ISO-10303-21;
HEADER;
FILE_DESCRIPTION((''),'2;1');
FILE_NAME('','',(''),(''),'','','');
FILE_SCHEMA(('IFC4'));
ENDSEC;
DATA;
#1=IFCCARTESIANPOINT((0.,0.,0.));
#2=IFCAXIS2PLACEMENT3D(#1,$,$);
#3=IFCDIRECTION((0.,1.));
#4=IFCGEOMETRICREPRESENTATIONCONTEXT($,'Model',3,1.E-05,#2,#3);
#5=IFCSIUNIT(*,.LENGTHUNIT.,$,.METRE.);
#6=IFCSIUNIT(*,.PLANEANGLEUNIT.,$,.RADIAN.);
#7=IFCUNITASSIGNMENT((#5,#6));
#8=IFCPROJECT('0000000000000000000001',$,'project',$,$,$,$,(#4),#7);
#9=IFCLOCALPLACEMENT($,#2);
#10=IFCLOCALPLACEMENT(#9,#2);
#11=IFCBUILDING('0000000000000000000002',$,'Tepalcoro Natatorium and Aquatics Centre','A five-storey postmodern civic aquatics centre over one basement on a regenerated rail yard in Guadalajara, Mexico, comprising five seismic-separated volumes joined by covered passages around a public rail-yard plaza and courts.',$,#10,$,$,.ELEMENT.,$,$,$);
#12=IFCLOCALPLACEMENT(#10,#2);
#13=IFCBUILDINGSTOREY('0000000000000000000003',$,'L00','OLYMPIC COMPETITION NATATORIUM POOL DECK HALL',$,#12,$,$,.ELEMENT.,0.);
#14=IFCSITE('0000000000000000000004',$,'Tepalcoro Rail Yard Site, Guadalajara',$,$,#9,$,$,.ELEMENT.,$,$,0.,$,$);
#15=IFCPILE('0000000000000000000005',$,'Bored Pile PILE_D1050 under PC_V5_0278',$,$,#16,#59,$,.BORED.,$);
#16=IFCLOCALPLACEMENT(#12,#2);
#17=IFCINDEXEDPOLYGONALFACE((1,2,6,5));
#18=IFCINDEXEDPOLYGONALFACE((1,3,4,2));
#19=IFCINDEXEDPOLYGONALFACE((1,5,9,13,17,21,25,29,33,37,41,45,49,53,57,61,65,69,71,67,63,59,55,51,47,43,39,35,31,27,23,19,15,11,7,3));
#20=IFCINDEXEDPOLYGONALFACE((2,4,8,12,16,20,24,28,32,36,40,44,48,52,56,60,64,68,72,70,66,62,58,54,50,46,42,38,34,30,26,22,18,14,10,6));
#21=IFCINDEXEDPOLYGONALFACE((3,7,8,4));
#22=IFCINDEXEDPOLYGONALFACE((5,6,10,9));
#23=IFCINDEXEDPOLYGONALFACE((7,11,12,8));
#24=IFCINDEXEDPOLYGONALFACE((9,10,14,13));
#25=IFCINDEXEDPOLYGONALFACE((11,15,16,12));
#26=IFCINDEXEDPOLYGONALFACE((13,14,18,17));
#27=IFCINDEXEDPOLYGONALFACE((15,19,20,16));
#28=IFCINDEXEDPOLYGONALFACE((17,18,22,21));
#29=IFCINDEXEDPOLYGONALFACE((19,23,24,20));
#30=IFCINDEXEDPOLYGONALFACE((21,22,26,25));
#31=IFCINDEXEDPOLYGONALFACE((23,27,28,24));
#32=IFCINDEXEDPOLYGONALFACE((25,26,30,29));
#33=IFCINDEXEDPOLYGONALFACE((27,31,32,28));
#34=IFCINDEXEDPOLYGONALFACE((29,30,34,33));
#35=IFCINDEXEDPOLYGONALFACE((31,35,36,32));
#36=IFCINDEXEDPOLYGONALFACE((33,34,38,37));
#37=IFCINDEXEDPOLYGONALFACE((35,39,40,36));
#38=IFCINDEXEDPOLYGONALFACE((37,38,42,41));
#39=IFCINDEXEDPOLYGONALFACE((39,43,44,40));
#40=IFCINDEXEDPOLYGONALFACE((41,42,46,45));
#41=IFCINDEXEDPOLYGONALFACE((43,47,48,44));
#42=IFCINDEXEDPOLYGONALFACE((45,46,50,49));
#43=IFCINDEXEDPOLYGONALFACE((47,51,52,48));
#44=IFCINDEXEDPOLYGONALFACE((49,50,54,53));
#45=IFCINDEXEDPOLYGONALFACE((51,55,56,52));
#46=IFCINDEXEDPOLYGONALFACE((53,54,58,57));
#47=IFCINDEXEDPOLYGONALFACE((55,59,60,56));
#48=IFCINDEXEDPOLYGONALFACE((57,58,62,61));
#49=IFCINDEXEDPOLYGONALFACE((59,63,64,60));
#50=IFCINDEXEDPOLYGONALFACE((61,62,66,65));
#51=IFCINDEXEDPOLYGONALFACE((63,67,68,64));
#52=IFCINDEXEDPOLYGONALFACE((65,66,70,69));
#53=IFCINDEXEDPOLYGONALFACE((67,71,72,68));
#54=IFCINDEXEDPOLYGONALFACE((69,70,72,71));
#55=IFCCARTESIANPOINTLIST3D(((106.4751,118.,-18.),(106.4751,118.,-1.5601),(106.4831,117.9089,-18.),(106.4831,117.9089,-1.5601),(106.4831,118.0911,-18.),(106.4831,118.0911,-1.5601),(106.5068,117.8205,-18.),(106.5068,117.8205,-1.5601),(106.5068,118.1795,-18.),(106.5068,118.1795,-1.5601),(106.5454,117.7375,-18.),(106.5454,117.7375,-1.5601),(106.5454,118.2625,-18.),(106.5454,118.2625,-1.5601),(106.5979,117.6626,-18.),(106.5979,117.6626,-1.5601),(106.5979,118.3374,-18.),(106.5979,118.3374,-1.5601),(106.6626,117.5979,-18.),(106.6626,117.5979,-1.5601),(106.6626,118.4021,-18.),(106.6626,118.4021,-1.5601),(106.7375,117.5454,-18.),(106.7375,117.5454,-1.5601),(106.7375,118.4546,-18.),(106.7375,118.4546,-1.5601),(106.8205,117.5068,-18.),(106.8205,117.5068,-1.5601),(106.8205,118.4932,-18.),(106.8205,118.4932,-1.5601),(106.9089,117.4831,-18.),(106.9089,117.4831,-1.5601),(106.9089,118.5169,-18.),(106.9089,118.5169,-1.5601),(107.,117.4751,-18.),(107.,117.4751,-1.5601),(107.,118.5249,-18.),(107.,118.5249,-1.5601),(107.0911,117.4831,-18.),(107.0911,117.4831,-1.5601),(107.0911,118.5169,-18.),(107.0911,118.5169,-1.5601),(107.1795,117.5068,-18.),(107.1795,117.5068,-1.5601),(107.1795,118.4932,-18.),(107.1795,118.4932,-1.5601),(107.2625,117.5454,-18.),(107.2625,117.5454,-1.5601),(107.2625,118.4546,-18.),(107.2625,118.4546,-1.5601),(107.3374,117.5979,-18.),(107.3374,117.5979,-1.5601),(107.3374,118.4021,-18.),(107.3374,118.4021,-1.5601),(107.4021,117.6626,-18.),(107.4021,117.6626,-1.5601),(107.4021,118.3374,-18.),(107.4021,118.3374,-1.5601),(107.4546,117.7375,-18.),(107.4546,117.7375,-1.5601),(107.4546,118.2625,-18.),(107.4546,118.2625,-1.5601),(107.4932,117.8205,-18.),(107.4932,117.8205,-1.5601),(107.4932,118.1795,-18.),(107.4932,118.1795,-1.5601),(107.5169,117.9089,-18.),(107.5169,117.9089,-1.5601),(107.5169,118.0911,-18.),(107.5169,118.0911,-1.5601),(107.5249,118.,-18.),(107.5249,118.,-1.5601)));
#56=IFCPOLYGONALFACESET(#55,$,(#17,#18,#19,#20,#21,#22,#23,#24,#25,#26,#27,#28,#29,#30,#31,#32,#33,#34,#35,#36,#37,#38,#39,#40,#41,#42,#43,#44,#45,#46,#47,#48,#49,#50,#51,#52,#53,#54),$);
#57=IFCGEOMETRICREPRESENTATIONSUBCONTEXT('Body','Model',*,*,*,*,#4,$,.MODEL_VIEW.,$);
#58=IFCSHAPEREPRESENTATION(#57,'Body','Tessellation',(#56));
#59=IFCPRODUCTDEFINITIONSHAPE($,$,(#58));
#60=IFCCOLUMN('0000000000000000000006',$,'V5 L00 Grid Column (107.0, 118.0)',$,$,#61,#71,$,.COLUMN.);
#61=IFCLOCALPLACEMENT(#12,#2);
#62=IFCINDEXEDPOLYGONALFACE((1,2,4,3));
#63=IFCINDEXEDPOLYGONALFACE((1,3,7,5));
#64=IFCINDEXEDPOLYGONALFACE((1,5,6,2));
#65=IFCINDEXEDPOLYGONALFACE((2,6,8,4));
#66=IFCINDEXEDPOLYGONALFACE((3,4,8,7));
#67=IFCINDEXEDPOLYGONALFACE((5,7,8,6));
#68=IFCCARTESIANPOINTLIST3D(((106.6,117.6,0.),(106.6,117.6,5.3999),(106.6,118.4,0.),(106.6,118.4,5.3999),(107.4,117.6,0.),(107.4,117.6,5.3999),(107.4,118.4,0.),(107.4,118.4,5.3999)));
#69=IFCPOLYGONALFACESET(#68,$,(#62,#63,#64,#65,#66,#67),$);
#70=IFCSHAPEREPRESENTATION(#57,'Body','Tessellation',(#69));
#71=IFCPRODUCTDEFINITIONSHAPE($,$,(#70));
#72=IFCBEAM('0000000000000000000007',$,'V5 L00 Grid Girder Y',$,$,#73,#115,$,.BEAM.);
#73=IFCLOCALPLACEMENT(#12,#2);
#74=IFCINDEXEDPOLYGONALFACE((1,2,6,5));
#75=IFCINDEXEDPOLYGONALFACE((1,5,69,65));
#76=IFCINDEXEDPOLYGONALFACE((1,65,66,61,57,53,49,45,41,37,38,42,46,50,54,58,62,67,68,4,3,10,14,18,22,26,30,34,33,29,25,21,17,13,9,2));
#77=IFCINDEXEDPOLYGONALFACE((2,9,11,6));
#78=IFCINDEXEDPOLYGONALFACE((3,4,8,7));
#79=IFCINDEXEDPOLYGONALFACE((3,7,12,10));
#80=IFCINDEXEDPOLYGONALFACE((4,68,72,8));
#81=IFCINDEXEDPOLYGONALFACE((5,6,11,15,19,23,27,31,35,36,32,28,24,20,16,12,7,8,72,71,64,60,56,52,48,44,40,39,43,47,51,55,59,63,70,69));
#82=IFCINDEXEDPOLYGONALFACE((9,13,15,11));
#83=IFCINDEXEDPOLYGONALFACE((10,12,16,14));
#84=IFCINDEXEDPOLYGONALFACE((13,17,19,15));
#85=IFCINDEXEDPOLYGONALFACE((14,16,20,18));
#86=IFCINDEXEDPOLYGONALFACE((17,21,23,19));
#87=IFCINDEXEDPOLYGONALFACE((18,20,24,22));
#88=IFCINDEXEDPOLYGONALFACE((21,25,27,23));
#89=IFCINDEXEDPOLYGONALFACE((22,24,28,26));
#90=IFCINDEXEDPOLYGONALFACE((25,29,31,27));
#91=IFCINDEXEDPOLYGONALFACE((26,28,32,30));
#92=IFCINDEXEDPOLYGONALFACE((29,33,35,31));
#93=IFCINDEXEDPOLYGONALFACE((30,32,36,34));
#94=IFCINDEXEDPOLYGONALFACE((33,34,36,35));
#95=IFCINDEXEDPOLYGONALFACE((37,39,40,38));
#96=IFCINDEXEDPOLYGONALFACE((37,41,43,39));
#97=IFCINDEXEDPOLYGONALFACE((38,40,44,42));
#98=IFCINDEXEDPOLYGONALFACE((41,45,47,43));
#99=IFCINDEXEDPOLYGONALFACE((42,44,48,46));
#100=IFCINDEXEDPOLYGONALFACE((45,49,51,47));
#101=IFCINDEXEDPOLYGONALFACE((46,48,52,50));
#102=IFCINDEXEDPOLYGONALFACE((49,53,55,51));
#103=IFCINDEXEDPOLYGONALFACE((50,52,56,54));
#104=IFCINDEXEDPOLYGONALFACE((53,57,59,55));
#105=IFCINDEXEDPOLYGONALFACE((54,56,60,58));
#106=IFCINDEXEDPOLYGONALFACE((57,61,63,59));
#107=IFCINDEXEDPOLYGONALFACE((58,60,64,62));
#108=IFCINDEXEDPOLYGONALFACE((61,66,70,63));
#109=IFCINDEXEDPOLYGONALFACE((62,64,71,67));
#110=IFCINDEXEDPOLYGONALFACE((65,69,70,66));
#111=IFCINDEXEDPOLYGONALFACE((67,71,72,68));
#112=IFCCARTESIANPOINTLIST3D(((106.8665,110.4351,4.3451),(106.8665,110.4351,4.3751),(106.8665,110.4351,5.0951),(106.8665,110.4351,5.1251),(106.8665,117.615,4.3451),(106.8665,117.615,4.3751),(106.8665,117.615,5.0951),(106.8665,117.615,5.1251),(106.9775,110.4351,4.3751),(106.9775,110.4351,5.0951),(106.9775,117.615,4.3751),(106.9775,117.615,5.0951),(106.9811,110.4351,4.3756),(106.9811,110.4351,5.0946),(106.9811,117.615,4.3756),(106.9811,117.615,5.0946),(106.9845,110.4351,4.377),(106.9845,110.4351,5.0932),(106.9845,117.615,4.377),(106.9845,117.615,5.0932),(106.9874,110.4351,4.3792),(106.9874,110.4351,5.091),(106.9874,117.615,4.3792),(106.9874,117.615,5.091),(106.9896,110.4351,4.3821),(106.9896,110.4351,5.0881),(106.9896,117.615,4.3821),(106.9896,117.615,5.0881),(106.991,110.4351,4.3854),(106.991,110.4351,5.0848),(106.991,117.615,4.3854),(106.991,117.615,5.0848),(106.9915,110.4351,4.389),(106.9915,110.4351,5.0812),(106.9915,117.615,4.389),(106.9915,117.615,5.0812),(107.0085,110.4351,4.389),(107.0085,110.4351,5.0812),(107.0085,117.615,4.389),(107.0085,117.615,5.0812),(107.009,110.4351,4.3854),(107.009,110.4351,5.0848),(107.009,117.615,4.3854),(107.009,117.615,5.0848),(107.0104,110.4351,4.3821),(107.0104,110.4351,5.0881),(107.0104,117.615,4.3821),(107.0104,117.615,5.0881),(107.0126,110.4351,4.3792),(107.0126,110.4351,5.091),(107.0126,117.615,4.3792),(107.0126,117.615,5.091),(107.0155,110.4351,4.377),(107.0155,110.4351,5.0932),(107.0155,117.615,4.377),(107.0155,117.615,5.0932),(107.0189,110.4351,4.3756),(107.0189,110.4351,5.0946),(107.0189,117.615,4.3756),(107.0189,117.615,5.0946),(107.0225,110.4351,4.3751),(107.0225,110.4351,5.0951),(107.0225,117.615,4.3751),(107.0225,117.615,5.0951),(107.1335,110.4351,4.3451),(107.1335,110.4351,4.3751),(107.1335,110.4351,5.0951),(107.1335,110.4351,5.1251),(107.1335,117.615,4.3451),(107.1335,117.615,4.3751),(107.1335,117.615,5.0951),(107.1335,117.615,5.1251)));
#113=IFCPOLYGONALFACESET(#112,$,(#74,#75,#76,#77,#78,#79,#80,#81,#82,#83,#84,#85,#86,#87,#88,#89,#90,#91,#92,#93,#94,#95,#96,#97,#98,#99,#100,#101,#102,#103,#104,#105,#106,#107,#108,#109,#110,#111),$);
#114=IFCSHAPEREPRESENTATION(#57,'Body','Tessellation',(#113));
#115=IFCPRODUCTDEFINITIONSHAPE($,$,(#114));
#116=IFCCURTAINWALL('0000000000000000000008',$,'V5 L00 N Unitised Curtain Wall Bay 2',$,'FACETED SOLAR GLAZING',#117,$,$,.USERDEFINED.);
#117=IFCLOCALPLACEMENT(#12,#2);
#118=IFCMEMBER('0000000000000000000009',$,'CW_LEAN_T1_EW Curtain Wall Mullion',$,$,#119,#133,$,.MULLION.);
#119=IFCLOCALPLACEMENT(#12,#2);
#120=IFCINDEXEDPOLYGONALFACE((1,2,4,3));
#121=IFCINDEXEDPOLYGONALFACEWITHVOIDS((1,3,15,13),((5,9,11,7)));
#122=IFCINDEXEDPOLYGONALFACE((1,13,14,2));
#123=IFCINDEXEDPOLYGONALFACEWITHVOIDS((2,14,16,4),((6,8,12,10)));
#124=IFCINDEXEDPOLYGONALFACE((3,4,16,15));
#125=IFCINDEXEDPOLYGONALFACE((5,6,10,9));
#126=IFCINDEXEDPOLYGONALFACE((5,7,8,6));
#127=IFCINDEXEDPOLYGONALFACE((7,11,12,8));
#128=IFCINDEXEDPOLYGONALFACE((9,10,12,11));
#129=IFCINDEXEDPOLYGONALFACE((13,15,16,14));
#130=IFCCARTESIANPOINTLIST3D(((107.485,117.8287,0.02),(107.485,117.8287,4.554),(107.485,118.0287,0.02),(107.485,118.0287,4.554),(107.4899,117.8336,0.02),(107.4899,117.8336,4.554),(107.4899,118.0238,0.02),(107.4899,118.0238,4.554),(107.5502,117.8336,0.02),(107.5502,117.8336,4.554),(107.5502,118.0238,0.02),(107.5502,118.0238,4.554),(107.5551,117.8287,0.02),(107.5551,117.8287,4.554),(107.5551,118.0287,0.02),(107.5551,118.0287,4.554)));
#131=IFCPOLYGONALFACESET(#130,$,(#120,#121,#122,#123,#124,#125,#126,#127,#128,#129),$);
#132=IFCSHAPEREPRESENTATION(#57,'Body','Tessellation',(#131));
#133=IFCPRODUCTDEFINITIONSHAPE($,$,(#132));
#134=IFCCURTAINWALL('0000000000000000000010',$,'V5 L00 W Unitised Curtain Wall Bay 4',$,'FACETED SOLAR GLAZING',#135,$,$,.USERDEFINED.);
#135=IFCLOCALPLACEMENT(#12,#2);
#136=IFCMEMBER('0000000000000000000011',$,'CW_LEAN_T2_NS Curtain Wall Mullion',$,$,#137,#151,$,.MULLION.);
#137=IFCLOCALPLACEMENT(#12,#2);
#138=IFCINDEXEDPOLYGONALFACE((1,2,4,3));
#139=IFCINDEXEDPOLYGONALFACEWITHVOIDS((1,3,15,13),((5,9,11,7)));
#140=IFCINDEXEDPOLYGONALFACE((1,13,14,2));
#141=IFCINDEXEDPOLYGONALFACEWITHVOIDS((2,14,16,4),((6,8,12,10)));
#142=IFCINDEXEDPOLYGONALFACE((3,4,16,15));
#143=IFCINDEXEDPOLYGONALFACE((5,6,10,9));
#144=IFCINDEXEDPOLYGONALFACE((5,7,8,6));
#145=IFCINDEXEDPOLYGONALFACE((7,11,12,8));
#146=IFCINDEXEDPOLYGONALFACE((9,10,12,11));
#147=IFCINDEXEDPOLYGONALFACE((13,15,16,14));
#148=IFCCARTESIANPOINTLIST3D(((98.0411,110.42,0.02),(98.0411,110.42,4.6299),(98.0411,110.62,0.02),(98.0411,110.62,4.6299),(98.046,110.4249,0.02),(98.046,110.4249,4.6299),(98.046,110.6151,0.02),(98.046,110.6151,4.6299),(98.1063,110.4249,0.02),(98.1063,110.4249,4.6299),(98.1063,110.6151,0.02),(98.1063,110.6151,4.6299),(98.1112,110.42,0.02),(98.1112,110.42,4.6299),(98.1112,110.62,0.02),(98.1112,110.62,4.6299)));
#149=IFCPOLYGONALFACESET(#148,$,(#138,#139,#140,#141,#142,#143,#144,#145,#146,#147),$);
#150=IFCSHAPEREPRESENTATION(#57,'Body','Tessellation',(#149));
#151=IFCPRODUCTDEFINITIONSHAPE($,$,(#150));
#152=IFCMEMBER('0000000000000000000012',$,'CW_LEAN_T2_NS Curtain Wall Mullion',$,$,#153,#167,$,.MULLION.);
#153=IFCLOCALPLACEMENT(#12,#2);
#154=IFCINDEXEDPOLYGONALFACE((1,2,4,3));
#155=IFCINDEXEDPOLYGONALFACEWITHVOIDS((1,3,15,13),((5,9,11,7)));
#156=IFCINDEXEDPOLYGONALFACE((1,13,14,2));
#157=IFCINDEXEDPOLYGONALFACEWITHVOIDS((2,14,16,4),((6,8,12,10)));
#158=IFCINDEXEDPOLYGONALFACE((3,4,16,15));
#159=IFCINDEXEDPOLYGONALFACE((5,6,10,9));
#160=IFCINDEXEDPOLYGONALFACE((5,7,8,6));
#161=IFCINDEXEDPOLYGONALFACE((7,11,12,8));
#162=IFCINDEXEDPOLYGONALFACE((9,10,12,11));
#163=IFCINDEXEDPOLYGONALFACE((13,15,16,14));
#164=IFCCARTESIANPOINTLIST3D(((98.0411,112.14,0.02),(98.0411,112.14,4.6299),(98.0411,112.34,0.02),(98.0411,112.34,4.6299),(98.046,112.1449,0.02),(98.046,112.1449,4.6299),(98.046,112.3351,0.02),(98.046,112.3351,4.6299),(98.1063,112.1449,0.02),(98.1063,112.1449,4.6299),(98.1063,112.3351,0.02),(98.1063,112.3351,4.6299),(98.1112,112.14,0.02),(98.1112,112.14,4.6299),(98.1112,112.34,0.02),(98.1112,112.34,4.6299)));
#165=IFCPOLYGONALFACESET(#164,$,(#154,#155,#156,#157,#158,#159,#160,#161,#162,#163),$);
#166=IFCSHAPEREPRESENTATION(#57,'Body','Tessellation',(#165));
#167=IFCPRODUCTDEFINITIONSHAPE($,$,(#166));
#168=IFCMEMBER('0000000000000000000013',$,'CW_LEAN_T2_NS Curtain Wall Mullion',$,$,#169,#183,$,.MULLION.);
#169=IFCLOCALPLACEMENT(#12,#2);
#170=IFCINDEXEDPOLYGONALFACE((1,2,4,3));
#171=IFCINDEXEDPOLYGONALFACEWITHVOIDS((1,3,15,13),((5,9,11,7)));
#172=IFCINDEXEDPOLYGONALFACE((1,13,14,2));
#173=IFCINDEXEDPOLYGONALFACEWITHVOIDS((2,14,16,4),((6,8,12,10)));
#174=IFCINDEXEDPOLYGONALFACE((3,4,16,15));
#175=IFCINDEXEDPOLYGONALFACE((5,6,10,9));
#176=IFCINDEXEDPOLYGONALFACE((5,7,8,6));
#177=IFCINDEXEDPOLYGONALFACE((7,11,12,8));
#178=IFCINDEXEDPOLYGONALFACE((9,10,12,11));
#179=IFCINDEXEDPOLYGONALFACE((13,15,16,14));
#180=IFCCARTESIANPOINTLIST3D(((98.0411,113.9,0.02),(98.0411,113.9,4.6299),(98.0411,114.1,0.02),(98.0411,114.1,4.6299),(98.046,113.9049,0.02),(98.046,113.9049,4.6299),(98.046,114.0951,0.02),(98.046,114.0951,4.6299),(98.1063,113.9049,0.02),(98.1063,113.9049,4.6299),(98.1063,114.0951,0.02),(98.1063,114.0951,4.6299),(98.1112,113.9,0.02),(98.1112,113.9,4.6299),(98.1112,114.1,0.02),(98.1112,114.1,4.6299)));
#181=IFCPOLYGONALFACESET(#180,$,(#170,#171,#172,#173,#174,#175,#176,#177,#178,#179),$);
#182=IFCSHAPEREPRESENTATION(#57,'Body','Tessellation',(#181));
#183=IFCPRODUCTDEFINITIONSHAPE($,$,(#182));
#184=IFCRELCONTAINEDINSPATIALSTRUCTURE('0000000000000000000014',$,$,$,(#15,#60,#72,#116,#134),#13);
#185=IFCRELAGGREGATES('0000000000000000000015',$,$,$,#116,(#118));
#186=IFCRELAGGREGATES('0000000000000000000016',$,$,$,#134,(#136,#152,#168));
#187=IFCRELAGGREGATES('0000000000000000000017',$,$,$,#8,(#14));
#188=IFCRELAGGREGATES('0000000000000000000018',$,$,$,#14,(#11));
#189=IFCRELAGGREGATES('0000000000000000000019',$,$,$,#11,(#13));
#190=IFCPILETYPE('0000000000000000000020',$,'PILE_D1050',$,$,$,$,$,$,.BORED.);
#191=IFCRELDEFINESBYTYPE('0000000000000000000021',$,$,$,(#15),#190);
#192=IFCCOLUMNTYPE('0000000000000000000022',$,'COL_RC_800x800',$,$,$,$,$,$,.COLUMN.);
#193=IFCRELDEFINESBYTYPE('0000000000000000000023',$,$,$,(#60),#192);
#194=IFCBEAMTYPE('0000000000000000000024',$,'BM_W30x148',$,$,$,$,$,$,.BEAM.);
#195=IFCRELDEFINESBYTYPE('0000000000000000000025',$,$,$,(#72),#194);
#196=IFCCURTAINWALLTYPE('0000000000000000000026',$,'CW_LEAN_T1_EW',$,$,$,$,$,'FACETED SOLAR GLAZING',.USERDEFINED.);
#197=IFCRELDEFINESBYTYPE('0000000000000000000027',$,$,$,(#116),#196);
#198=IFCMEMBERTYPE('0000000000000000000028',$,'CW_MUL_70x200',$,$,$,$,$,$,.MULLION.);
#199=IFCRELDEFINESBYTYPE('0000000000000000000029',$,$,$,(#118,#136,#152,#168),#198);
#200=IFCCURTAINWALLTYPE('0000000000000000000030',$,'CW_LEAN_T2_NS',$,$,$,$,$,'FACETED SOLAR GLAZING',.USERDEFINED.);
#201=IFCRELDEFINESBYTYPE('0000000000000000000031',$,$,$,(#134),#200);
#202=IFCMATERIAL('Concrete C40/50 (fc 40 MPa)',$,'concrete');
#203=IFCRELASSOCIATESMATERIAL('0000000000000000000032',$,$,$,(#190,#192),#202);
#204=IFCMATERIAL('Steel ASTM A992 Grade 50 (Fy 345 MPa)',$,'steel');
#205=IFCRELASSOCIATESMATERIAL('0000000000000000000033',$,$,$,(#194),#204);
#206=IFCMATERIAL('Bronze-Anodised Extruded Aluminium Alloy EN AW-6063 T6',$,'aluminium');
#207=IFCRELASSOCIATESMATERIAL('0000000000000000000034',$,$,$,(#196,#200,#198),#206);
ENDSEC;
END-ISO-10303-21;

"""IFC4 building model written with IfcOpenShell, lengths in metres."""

from ifc_helpers import new_model, si_unit, direction, frame, origin, origin_2d, place, context, subcontext, project, spatial, rectangle, hollow_rectangle, circle, i_section, extrude, material, material_profile, profile_set, type_object, element, aggregate, save


model = new_model("IFC4")

# Units and contexts
model_context = context("Model", 3, precision=1e-05, world=origin(), true_north=direction((0.0, 1.0)))
body_context = subcontext(model_context, "Body", "Model", "MODEL_VIEW")
ifc_project = project(units=[si_unit("LENGTHUNIT", "METRE"), si_unit("PLANEANGLEUNIT", "RADIAN")], contexts=[model_context])

# Site, building, storey
site_placement = place(None, origin())
site = spatial("IfcSite", under=ifc_project, at=site_placement, Name="Tepalcoro Rail Yard Site, Guadalajara", CompositionType="ELEMENT", RefElevation=0.0)
building_placement = place(site_placement, origin())
building = spatial("IfcBuilding", under=site, at=building_placement, Name="Tepalcoro Natatorium and Aquatics Centre", Description="A five-storey postmodern civic aquatics centre over one basement on a regenerated rail yard in Guadalajara, Mexico, comprising five seismic-separated volumes joined by covered passages around a public rail-yard plaza and courts.", CompositionType="ELEMENT")
storey_placement = place(building_placement, origin())
storey = spatial("IfcBuildingStorey", under=building, at=storey_placement, Name="L00", Description="OLYMPIC COMPETITION NATATORIUM POOL DECK HALL", CompositionType="ELEMENT", Elevation=0.0)

# Pile
ifc_material_1 = material(Name="Concrete C40/50 (fc 40 MPa)", Category="concrete")
ifc_material_profile_1 = material_profile(ifc_material_1, circle(Radius=0.5249, at=origin_2d()), Name="PILE_D1050")
ifc_profile_set_1 = profile_set([ifc_material_profile_1], Name="Concrete C40/50 (fc 40 MPa)")
pile_type = type_object("IfcPileType", Name="PILE_D1050", PredefinedType="BORED", material=ifc_profile_set_1)
pile_placement = place(storey_placement, frame((107.0, 118.0, -1.5601), z_axis=(0.0, 0.0, -1.0), x_axis=(1.0, 0.0, 0.0)))
element("IfcPile", 1, at=pile_placement, inside=storey, type_object=pile_type, Name="Bored Pile PILE_D1050 under PC_V5_0278", PredefinedType="BORED", context=body_context, shape_type="SweptSolid", body=[
    extrude(circle(Radius=0.5249, at=origin_2d()), origin(), (0.0, 0.0, 1.0), 16.4399),
])

# Column
ifc_material_profile_2 = material_profile(ifc_material_1, rectangle(XDim=0.8, YDim=0.8, at=origin_2d()), Name="RC800x800")
ifc_profile_set_2 = profile_set([ifc_material_profile_2], Name="Concrete C40/50 (fc 40 MPa)")
column_type = type_object("IfcColumnType", Name="COL_RC_800x800", PredefinedType="COLUMN", material=ifc_profile_set_2)
column_placement = place(storey_placement, frame((107.0, 118.0, 0.0), z_axis=(0.0, 0.0, 1.0), x_axis=(1.0, 0.0, 0.0)))
element("IfcColumn", 2, at=column_placement, inside=storey, type_object=column_type, Name="V5 L00 Grid Column (107.0, 118.0)", PredefinedType="COLUMN", context=body_context, shape_type="SweptSolid", body=[
    extrude(rectangle(XDim=0.8, YDim=0.8, at=origin_2d()), origin(), (0.0, 0.0, 1.0), 5.3999),
])

# Beam
ifc_material_2 = material(Name="Steel ASTM A992 Grade 50 (Fy 345 MPa)", Category="steel")
ifc_material_profile_3 = material_profile(ifc_material_2, i_section(OverallWidth=0.2671, OverallDepth=0.78, WebThickness=0.0171, FlangeThickness=0.03, FilletRadius=0.0139, at=origin_2d()), Name="W30X148")
ifc_profile_set_3 = profile_set([ifc_material_profile_3], Name="Steel ASTM A992 Grade 50 (Fy 345 MPa)")
beam_type_1 = type_object("IfcBeamType", Name="BM_W30x148", PredefinedType="BEAM", material=ifc_profile_set_3)
beam_1_placement = place(storey_placement, frame((107.0, 110.4351, 4.7351), z_axis=(0.0, 1.0, 0.0), x_axis=(-1.0, 0.0, 0.0)))
element("IfcBeam", 3, at=beam_1_placement, inside=storey, type_object=beam_type_1, Name="V5 L00 Grid Girder Y", PredefinedType="BEAM", context=body_context, shape_type="SweptSolid", body=[
    extrude(i_section(OverallWidth=0.2671, OverallDepth=0.78, WebThickness=0.0171, FlangeThickness=0.03, FilletRadius=0.0139, at=origin_2d()), origin(), (0.0, 0.0, 1.0), 7.1799),
])

# Curtain wall, member
ifc_material_3 = material(Name="Bronze-Anodised Extruded Aluminium Alloy EN AW-6063 T6", Category="aluminium")
curtain_wall_type_1 = type_object("IfcCurtainWallType", Name="CW_LEAN_T1_EW", ElementType="FACETED SOLAR GLAZING", PredefinedType="USERDEFINED", material=ifc_material_3)
curtain_wall_1_placement = place(storey_placement, origin())
curtain_wall_1 = element("IfcCurtainWall", 4, at=curtain_wall_1_placement, inside=storey, type_object=curtain_wall_type_1, Name="V5 L00 N Unitised Curtain Wall Bay 2", ObjectType="FACETED SOLAR GLAZING", PredefinedType="USERDEFINED")
ifc_material_profile_4 = material_profile(ifc_material_3, hollow_rectangle(XDim=0.0701, YDim=0.2, WallThickness=0.0049, at=origin_2d()), Name="AL70X200X5")
ifc_profile_set_4 = profile_set([ifc_material_profile_4], Name="Bronze-Anodised Extruded Aluminium Alloy EN AW-6063 T6")
member_type_1 = type_object("IfcMemberType", Name="CW_MUL_70x200", PredefinedType="MULLION", material=ifc_profile_set_4)
member_1_placement = place(storey_placement, frame((107.52, 117.9287, 0.02), z_axis=(0.0, 0.0, 1.0), x_axis=(1.0, 0.0, 0.0)))
member_1 = element("IfcMember", 5, at=member_1_placement, type_object=member_type_1, Name="CW_LEAN_T1_EW Curtain Wall Mullion", PredefinedType="MULLION", context=body_context, shape_type="SweptSolid", body=[
    extrude(hollow_rectangle(XDim=0.0701, YDim=0.2, WallThickness=0.0049, at=origin_2d()), origin(), (0.0, 0.0, 1.0), 4.5339),
])

# Curtain wall, members
curtain_wall_type_2 = type_object("IfcCurtainWallType", Name="CW_LEAN_T2_NS", ElementType="FACETED SOLAR GLAZING", PredefinedType="USERDEFINED", material=ifc_material_3)
curtain_wall_2_placement = place(storey_placement, origin())
curtain_wall_2 = element("IfcCurtainWall", 6, at=curtain_wall_2_placement, inside=storey, type_object=curtain_wall_type_2, Name="V5 L00 W Unitised Curtain Wall Bay 4", ObjectType="FACETED SOLAR GLAZING", PredefinedType="USERDEFINED")
member_2_placement = place(storey_placement, frame((98.0762, 110.52, 0.02), z_axis=(0.0, 0.0, 1.0), x_axis=(1.0, 0.0, 0.0)))
member_2 = element("IfcMember", 7, at=member_2_placement, type_object=member_type_1, Name="CW_LEAN_T2_NS Curtain Wall Mullion", PredefinedType="MULLION", context=body_context, shape_type="SweptSolid", body=[
    extrude(hollow_rectangle(XDim=0.0701, YDim=0.2, WallThickness=0.0049, at=origin_2d()), origin(), (0.0, 0.0, 1.0), 4.6099),
])
member_3_placement = place(storey_placement, frame((98.0762, 112.24, 0.02), z_axis=(0.0, 0.0, 1.0), x_axis=(1.0, 0.0, 0.0)))
member_3 = element("IfcMember", 8, at=member_3_placement, type_object=member_type_1, Name="CW_LEAN_T2_NS Curtain Wall Mullion", PredefinedType="MULLION", context=body_context, shape_type="SweptSolid", body=[
    extrude(hollow_rectangle(XDim=0.0701, YDim=0.2, WallThickness=0.0049, at=origin_2d()), origin(), (0.0, 0.0, 1.0), 4.6099),
])
member_4_placement = place(storey_placement, frame((98.0762, 114.0, 0.02), z_axis=(0.0, 0.0, 1.0), x_axis=(1.0, 0.0, 0.0)))
member_4 = element("IfcMember", 9, at=member_4_placement, type_object=member_type_1, Name="CW_LEAN_T2_NS Curtain Wall Mullion", PredefinedType="MULLION", context=body_context, shape_type="SweptSolid", body=[
    extrude(hollow_rectangle(XDim=0.0701, YDim=0.2, WallThickness=0.0049, at=origin_2d()), origin(), (0.0, 0.0, 1.0), 4.6099),
])

aggregate(curtain_wall_1, [member_1])

aggregate(curtain_wall_2, [member_2, member_3, member_4])

save(model, "model.ifc")
